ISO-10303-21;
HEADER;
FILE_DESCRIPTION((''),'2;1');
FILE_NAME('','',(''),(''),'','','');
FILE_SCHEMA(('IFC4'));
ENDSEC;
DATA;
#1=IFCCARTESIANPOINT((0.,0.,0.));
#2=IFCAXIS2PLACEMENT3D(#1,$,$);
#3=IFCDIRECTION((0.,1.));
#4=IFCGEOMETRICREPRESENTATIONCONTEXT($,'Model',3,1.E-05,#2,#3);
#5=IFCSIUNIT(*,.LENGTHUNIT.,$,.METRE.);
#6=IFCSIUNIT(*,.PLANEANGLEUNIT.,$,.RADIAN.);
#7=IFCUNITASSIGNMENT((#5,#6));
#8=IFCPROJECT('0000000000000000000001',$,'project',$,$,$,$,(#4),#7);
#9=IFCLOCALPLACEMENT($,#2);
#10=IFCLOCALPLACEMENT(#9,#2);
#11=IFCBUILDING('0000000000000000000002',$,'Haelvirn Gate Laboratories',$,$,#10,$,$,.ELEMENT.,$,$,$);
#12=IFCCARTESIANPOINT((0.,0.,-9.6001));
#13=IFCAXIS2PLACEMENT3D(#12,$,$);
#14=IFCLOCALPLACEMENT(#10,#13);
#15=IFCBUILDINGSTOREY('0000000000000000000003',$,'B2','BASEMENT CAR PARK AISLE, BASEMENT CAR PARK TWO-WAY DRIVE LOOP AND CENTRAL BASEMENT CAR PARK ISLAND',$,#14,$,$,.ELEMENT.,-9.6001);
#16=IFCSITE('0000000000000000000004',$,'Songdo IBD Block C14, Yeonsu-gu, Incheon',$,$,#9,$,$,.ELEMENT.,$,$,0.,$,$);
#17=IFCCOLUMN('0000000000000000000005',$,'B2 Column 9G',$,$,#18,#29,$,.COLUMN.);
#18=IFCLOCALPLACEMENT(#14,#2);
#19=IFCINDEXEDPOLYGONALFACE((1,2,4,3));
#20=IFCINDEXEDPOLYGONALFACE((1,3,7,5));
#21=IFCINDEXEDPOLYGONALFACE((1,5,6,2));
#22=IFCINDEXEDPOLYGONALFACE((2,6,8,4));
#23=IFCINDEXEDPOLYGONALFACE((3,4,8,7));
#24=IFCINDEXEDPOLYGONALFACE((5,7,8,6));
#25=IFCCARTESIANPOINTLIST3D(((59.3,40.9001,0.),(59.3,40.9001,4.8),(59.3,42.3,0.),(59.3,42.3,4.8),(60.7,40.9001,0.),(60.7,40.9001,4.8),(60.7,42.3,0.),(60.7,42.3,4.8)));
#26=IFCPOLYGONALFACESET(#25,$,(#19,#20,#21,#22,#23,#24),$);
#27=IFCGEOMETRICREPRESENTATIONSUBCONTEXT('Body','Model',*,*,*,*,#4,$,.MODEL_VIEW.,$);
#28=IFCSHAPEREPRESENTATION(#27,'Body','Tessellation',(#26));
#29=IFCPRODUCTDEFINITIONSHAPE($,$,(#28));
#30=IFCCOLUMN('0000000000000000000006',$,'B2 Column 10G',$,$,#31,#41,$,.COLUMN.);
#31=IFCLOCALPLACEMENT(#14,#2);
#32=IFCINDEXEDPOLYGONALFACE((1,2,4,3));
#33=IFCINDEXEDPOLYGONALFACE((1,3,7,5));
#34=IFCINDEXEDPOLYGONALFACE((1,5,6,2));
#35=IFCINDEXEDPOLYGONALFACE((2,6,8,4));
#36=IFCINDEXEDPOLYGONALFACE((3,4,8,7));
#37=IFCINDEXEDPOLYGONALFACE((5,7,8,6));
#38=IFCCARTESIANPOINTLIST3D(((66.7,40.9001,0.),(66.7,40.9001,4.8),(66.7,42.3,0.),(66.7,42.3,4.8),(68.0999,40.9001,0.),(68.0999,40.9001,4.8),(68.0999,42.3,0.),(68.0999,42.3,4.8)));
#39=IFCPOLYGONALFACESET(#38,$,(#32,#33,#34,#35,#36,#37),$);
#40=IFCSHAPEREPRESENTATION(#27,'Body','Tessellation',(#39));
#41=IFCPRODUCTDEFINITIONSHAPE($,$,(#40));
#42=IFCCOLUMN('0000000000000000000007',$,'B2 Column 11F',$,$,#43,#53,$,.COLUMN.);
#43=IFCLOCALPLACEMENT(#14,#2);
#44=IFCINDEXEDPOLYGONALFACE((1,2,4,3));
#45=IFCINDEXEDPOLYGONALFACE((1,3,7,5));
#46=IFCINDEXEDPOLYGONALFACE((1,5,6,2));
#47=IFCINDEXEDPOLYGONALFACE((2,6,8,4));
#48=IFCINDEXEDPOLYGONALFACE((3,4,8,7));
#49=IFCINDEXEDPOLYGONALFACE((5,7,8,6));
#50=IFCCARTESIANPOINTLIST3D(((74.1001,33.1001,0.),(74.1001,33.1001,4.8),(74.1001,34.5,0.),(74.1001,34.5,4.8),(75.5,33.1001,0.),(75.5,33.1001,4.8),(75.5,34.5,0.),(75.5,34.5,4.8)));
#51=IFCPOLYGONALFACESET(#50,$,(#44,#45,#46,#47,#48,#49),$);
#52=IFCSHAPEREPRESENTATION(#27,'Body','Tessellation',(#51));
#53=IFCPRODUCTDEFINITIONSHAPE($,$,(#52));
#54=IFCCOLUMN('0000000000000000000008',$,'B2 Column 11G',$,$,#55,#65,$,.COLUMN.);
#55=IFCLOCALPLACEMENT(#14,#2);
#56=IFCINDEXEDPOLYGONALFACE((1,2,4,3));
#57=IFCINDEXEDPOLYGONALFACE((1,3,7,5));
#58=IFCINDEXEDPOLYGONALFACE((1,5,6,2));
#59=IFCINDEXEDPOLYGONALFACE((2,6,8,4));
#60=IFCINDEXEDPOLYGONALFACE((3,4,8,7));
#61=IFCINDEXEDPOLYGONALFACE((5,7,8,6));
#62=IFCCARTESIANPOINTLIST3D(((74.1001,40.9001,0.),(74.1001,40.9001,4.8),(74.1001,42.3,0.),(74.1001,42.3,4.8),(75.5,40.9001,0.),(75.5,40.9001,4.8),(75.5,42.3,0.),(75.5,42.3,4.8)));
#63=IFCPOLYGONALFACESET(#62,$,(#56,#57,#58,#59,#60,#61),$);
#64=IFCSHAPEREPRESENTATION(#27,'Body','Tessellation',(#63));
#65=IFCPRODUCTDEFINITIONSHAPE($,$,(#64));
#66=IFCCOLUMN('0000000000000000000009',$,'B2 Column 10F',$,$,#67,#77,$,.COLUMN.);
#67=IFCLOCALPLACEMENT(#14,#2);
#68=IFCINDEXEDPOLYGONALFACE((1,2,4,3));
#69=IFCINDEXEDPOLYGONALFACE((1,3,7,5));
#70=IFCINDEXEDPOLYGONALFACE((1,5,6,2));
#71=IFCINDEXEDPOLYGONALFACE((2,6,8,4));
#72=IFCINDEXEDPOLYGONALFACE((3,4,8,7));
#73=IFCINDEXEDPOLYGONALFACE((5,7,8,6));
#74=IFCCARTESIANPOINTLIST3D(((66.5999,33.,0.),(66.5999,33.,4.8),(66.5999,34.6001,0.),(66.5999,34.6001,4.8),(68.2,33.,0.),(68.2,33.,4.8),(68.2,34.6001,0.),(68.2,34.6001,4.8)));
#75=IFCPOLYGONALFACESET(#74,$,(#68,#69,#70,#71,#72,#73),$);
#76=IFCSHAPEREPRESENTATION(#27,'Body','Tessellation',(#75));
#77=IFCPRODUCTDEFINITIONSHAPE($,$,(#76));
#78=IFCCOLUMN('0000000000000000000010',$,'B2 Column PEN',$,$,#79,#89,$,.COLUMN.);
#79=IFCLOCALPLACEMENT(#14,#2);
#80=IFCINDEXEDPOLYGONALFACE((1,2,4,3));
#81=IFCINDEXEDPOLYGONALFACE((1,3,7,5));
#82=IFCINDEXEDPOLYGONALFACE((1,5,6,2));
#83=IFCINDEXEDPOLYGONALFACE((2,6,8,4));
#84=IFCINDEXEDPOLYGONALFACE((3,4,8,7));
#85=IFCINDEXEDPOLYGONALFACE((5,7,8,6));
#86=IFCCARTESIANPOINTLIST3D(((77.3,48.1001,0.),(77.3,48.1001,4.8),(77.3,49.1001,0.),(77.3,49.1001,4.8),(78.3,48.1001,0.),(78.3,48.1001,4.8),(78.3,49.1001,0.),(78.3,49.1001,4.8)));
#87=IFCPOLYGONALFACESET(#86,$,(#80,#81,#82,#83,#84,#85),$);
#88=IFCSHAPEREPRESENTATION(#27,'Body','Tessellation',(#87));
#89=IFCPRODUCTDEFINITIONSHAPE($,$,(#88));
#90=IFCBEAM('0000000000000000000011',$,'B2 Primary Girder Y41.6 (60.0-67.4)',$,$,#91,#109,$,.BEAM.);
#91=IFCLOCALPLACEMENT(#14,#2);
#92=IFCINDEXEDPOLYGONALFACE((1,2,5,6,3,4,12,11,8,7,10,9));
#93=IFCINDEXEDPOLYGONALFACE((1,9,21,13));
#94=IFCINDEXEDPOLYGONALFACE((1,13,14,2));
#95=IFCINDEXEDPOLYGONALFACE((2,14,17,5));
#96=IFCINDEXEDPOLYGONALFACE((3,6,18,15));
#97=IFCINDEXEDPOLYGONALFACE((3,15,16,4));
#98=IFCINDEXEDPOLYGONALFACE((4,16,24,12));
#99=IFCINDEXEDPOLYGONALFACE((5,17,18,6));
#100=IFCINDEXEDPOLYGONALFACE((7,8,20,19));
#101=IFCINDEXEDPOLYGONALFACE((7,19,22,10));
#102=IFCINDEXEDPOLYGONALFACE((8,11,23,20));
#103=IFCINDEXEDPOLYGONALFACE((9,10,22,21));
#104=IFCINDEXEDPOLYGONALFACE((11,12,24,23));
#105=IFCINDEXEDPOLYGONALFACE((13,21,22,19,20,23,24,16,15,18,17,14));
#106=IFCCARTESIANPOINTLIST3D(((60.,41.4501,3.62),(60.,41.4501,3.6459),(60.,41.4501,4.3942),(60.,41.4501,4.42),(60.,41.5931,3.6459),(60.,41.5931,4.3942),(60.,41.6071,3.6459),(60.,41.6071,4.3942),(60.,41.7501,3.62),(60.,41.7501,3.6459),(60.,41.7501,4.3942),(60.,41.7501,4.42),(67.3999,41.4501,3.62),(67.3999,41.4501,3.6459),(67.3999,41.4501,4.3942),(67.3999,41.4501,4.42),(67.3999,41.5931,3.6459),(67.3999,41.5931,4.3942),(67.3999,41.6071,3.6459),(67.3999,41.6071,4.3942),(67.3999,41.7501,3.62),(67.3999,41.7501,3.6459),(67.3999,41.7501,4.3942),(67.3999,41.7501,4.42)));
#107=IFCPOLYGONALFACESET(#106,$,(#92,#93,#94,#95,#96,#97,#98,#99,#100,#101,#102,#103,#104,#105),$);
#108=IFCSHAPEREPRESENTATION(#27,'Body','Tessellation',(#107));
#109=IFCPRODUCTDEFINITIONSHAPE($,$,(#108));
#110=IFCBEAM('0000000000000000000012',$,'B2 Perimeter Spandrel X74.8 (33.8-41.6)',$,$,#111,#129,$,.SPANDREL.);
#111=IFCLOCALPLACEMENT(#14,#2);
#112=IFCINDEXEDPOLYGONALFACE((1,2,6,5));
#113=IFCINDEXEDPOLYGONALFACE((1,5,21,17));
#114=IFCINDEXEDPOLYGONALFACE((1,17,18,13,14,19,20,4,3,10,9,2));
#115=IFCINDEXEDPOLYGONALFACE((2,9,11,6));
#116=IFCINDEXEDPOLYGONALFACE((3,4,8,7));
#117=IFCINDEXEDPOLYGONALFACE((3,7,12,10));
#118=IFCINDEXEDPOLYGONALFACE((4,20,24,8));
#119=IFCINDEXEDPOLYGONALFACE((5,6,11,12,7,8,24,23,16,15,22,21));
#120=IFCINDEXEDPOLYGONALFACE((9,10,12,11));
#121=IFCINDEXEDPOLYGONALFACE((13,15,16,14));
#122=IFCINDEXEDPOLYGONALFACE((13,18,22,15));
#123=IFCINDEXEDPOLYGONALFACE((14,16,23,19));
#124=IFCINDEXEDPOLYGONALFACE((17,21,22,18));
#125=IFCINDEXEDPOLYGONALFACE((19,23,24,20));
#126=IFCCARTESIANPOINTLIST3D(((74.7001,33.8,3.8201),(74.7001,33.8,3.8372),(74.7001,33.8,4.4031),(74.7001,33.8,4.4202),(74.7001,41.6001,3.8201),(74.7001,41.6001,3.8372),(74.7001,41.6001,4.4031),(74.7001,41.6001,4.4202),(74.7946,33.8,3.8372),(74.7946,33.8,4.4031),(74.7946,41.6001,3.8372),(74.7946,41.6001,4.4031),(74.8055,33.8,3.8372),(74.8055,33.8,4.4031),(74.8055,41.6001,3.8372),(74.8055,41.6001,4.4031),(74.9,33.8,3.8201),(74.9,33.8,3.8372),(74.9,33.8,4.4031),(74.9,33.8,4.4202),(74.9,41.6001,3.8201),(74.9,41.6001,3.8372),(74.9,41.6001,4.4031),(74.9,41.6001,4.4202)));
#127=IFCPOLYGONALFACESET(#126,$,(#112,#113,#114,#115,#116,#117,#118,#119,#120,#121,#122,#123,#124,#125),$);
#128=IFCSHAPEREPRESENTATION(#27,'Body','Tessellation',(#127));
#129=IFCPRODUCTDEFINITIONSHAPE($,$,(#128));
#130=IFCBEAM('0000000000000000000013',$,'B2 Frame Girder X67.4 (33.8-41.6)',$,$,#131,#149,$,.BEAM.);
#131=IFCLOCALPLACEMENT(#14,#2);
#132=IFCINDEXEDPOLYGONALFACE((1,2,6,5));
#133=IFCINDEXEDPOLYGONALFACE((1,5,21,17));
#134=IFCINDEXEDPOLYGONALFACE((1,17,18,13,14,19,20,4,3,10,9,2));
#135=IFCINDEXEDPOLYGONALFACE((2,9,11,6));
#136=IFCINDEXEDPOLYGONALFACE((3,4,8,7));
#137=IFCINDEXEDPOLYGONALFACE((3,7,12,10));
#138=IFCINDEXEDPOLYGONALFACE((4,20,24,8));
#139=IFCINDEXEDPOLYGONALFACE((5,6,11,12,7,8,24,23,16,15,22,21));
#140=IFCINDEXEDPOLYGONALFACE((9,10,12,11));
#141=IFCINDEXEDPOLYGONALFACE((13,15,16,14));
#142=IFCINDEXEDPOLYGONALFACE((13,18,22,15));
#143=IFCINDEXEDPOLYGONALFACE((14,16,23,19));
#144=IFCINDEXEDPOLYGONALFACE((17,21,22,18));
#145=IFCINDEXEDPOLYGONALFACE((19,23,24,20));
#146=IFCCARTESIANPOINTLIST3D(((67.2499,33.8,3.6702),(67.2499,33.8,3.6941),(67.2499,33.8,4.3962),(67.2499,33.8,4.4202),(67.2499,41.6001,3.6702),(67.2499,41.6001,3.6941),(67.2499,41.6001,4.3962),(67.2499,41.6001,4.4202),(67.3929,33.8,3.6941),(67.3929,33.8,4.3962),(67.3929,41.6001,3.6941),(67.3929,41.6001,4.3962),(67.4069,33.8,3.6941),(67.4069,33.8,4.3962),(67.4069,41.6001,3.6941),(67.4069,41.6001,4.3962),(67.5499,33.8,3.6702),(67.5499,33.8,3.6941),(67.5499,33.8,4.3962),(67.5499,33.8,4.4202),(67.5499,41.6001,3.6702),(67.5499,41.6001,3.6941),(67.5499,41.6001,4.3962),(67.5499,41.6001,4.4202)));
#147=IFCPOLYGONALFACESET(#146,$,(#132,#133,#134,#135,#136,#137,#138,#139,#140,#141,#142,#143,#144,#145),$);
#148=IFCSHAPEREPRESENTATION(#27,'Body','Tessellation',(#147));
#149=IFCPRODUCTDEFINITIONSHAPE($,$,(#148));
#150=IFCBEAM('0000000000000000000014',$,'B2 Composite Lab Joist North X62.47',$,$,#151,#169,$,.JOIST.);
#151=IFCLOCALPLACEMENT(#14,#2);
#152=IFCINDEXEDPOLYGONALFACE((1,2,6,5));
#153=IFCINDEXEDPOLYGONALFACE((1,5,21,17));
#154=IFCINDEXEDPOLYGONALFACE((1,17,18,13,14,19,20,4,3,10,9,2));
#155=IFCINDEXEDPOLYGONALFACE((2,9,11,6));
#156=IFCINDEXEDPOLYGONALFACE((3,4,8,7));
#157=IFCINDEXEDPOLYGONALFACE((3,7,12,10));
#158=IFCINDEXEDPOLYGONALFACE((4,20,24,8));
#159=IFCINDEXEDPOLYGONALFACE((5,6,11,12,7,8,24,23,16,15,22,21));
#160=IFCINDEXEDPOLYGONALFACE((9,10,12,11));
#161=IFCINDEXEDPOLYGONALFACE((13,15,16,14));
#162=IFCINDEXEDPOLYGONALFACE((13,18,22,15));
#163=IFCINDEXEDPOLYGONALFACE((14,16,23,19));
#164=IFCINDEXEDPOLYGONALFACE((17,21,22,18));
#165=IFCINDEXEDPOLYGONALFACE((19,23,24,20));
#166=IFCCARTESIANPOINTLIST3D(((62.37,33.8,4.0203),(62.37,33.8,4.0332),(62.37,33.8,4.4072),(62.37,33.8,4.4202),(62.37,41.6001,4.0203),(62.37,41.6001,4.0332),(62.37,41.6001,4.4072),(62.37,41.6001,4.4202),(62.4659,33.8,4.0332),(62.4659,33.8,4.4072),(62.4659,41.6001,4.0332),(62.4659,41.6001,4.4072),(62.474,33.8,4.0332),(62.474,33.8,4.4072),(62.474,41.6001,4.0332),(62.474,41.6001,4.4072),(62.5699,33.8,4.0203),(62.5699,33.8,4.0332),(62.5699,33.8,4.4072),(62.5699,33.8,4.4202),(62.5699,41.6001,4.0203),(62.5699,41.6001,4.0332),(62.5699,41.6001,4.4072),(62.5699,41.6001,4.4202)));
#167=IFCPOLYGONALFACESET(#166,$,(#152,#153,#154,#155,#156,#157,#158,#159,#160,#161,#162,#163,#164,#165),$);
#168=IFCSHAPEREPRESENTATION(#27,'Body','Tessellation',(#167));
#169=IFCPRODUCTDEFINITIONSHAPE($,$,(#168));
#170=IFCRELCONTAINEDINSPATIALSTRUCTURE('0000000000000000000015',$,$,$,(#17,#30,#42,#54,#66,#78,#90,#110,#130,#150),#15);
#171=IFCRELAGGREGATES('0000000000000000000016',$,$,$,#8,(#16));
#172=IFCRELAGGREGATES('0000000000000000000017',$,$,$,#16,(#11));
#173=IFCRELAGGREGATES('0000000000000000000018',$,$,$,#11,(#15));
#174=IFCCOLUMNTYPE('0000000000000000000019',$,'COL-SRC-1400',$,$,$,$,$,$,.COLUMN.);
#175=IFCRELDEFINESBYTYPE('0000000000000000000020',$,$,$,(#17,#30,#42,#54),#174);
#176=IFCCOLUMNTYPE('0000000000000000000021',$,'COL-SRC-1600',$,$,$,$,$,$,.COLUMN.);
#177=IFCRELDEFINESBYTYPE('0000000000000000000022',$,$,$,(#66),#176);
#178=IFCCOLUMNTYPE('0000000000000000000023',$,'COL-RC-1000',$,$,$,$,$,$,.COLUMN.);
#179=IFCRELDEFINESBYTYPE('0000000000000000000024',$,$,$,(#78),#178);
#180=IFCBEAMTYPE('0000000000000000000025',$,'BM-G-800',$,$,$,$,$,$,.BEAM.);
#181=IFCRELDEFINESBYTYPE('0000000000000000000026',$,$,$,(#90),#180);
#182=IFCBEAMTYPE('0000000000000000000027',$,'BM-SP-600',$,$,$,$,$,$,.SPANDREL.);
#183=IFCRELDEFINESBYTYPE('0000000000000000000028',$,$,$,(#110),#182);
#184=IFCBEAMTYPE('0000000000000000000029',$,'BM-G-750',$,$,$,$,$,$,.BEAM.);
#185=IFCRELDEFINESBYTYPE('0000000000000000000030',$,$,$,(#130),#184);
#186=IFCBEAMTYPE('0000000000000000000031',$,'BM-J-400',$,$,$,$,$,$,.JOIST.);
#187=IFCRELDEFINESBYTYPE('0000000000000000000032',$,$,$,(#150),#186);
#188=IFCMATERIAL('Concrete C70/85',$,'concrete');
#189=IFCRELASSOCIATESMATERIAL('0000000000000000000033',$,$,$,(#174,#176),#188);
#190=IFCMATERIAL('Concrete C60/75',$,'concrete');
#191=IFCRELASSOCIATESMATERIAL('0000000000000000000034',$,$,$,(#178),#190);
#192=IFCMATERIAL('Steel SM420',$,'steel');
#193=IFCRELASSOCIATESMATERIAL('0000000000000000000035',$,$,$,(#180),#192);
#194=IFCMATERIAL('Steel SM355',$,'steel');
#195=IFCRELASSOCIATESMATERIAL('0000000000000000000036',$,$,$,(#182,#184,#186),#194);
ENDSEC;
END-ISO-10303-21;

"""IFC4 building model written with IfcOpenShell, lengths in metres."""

from ifc_helpers import new_model, si_unit, direction, frame, origin, origin_2d, place, context, subcontext, project, spatial, rectangle, i_section, extrude, source, transform, mapped, material, material_profile, profile_set, type_object, type_shapes, element, save


model = new_model("IFC4")

# Units and contexts
model_context = context("Model", 3, precision=1e-05, world=origin(), true_north=direction((0.0, 1.0)))
body_context = subcontext(model_context, "Body", "Model", "MODEL_VIEW")
ifc_project = project(units=[si_unit("LENGTHUNIT", "METRE"), si_unit("PLANEANGLEUNIT", "RADIAN")], contexts=[model_context])

# Site, building, storey
site_placement = place(None, origin())
site = spatial("IfcSite", under=ifc_project, at=site_placement, Name="Songdo IBD Block C14, Yeonsu-gu, Incheon", CompositionType="ELEMENT", RefElevation=0.0)
building_placement = place(site_placement, origin())
building = spatial("IfcBuilding", under=site, at=building_placement, Name="Haelvirn Gate Laboratories", CompositionType="ELEMENT")
storey_placement = place(building_placement, frame((0.0, 0.0, -9.6001)))
storey = spatial("IfcBuildingStorey", under=building, at=storey_placement, Name="B2", Description="BASEMENT CAR PARK AISLE, BASEMENT CAR PARK TWO-WAY DRIVE LOOP AND CENTRAL BASEMENT CAR PARK ISLAND", CompositionType="ELEMENT", Elevation=-9.6001)

# Columns
ifc_material_1 = material(Name="Concrete C70/85", Category="concrete")
ifc_material_profile_1 = material_profile(ifc_material_1, rectangle(XDim=1.3999, YDim=1.3999, at=origin_2d()), Name="SRC-1400x1400")
ifc_profile_set_1 = profile_set([ifc_material_profile_1], Name="Concrete C70/85")
column_type_1 = type_object("IfcColumnType", Name="COL-SRC-1400", PredefinedType="COLUMN", material=ifc_profile_set_1)
shared_shape_1 = source(origin(), body_context, "Body", "SweptSolid", [
    extrude(rectangle(XDim=1.3999, YDim=1.3999, at=origin_2d()), origin(), (0.0, 0.0, 1.0), 4.8),
])
type_shapes(column_type_1, [shared_shape_1])
for number, where, z_axis, x_axis, name in (
    (1, (60.0, 41.6001, 0.0), (0.0, 0.0, 1.0), (1.0, 0.0, 0.0), "B2 Column 9G"),
    (2, (67.3999, 41.6001, 0.0), (0.0, 0.0, 1.0), (1.0, 0.0, 0.0), "B2 Column 10G"),
    (3, (74.8, 33.8, 0.0), (0.0, 0.0, 1.0), (1.0, 0.0, 0.0), "B2 Column 11F"),
    (4, (74.8, 41.6001, 0.0), (0.0, 0.0, 1.0), (1.0, 0.0, 0.0), "B2 Column 11G"),
):
    element("IfcColumn", number, at=place(storey_placement, frame(where, z_axis=z_axis, x_axis=x_axis)), inside=storey, type_object=column_type_1, Name=name, PredefinedType="COLUMN", context=body_context, shape_type="MappedRepresentation", body=[
        mapped(shared_shape_1, transform((0.0, 0.0, 0.0), scale=1.0)),
    ])
ifc_material_profile_2 = material_profile(ifc_material_1, rectangle(XDim=1.6001, YDim=1.6001, at=origin_2d()), Name="SRC-1600x1600")
ifc_profile_set_2 = profile_set([ifc_material_profile_2], Name="Concrete C70/85")
column_type_2 = type_object("IfcColumnType", Name="COL-SRC-1600", PredefinedType="COLUMN", material=ifc_profile_set_2)
shared_shape_2 = source(origin(), body_context, "Body", "SweptSolid", [
    extrude(rectangle(XDim=1.6001, YDim=1.6001, at=origin_2d()), origin(), (0.0, 0.0, 1.0), 4.8),
])
type_shapes(column_type_2, [shared_shape_2])
column_1_placement = place(storey_placement, frame((67.3999, 33.8, 0.0), z_axis=(0.0, 0.0, 1.0), x_axis=(1.0, 0.0, 0.0)))
element("IfcColumn", 5, at=column_1_placement, inside=storey, type_object=column_type_2, Name="B2 Column 10F", PredefinedType="COLUMN", context=body_context, shape_type="MappedRepresentation", body=[
    mapped(shared_shape_2, transform((0.0, 0.0, 0.0), scale=1.0)),
])
ifc_material_2 = material(Name="Concrete C60/75", Category="concrete")
ifc_material_profile_3 = material_profile(ifc_material_2, rectangle(XDim=1.0, YDim=1.0, at=origin_2d()), Name="RC-1000x1000")
ifc_profile_set_3 = profile_set([ifc_material_profile_3], Name="Concrete C60/75")
column_type_3 = type_object("IfcColumnType", Name="COL-RC-1000", PredefinedType="COLUMN", material=ifc_profile_set_3)
shared_shape_3 = source(origin(), body_context, "Body", "SweptSolid", [
    extrude(rectangle(XDim=1.0, YDim=1.0, at=origin_2d()), origin(), (0.0, 0.0, 1.0), 4.8),
])
type_shapes(column_type_3, [shared_shape_3])
column_2_placement = place(storey_placement, frame((77.8, 48.6001, 0.0), z_axis=(0.0, 0.0, 1.0), x_axis=(1.0, 0.0, 0.0)))
element("IfcColumn", 6, at=column_2_placement, inside=storey, type_object=column_type_3, Name="B2 Column PEN", PredefinedType="COLUMN", context=body_context, shape_type="MappedRepresentation", body=[
    mapped(shared_shape_3, transform((0.0, 0.0, 0.0), scale=1.0)),
])

# Beams
ifc_material_3 = material(Name="Steel SM420", Category="steel")
ifc_material_profile_4 = material_profile(ifc_material_3, i_section(OverallWidth=0.3, OverallDepth=0.8, WebThickness=0.0139, FlangeThickness=0.0259, at=origin_2d()), Name="H-800x300x14x26")
ifc_profile_set_4 = profile_set([ifc_material_profile_4], Name="Steel SM420")
beam_type_1 = type_object("IfcBeamType", Name="BM-G-800", PredefinedType="BEAM", material=ifc_profile_set_4)
shared_shape_4 = source(origin(), body_context, "Body", "SweptSolid", [
    extrude(i_section(OverallWidth=0.3, OverallDepth=0.8, WebThickness=0.0139, FlangeThickness=0.0259, at=origin_2d()), origin(), (0.0, 0.0, 1.0), 7.3999),
])
beam_1_placement = place(storey_placement, frame((60.0, 41.6001, 4.02), z_axis=(1.0, 0.0, 0.0), x_axis=(0.0, 1.0, 0.0)))
element("IfcBeam", 7, at=beam_1_placement, inside=storey, type_object=beam_type_1, Name="B2 Primary Girder Y41.6 (60.0-67.4)", PredefinedType="BEAM", context=body_context, shape_type="MappedRepresentation", body=[
    mapped(shared_shape_4, transform((0.0, 0.0, 0.0), scale=1.0)),
])
ifc_material_4 = material(Name="Steel SM355", Category="steel")
ifc_material_profile_5 = material_profile(ifc_material_4, i_section(OverallWidth=0.2, OverallDepth=0.6001, WebThickness=0.011, FlangeThickness=0.0171, at=origin_2d()), Name="H-600x200x11x17")
ifc_profile_set_5 = profile_set([ifc_material_profile_5], Name="Steel SM355")
beam_type_2 = type_object("IfcBeamType", Name="BM-SP-600", PredefinedType="SPANDREL", material=ifc_profile_set_5)
shared_shape_5 = source(origin(), body_context, "Body", "SweptSolid", [
    extrude(i_section(OverallWidth=0.2, OverallDepth=0.6001, WebThickness=0.011, FlangeThickness=0.0171, at=origin_2d()), origin(), (0.0, 0.0, 1.0), 7.8),
])
type_shapes(beam_type_2, [shared_shape_5])
beam_2_placement = place(storey_placement, frame((74.8, 33.8, 4.1201), z_axis=(0.0, 1.0, 0.0), x_axis=(-1.0, 0.0, 0.0)))
element("IfcBeam", 8, at=beam_2_placement, inside=storey, type_object=beam_type_2, Name="B2 Perimeter Spandrel X74.8 (33.8-41.6)", PredefinedType="SPANDREL", context=body_context, shape_type="MappedRepresentation", body=[
    mapped(shared_shape_5, transform((0.0, 0.0, 0.0), scale=1.0)),
])
ifc_material_profile_6 = material_profile(ifc_material_4, i_section(OverallWidth=0.3, OverallDepth=0.75, WebThickness=0.0139, FlangeThickness=0.0239, at=origin_2d()), Name="H-750x300x14x24")
ifc_profile_set_6 = profile_set([ifc_material_profile_6], Name="Steel SM355")
beam_type_3 = type_object("IfcBeamType", Name="BM-G-750", PredefinedType="BEAM", material=ifc_profile_set_6)
shared_shape_6 = source(origin(), body_context, "Body", "SweptSolid", [
    extrude(i_section(OverallWidth=0.3, OverallDepth=0.75, WebThickness=0.0139, FlangeThickness=0.0239, at=origin_2d()), origin(), (0.0, 0.0, 1.0), 7.8),
])
type_shapes(beam_type_3, [shared_shape_6])
beam_3_placement = place(storey_placement, frame((67.3999, 33.8, 4.0452), z_axis=(0.0, 1.0, 0.0), x_axis=(-1.0, 0.0, 0.0)))
element("IfcBeam", 9, at=beam_3_placement, inside=storey, type_object=beam_type_3, Name="B2 Frame Girder X67.4 (33.8-41.6)", PredefinedType="BEAM", context=body_context, shape_type="MappedRepresentation", body=[
    mapped(shared_shape_6, transform((0.0, 0.0, 0.0), scale=1.0)),
])
ifc_material_profile_7 = material_profile(ifc_material_4, i_section(OverallWidth=0.2, OverallDepth=0.3999, WebThickness=0.0081, FlangeThickness=0.0129, at=origin_2d()), Name="H-400x200x8x13")
ifc_profile_set_7 = profile_set([ifc_material_profile_7], Name="Steel SM355")
beam_type_4 = type_object("IfcBeamType", Name="BM-J-400", PredefinedType="JOIST", material=ifc_profile_set_7)
shared_shape_7 = source(origin(), body_context, "Body", "SweptSolid", [
    extrude(i_section(OverallWidth=0.2, OverallDepth=0.3999, WebThickness=0.0081, FlangeThickness=0.0129, at=origin_2d()), origin(), (0.0, 0.0, 1.0), 7.8),
])
type_shapes(beam_type_4, [shared_shape_7])
for number, where, z_axis, x_axis, name in (
    (10, (62.47, 33.8, 4.2202), (0.0, 1.0, 0.0), (-1.0, 0.0, 0.0), "B2 Composite Lab Joist North X62.47"),
):
    element("IfcBeam", number, at=place(storey_placement, frame(where, z_axis=z_axis, x_axis=x_axis)), inside=storey, type_object=beam_type_4, Name=name, PredefinedType="JOIST", context=body_context, shape_type="MappedRepresentation", body=[
        mapped(shared_shape_7, transform((0.0, 0.0, 0.0), scale=1.0)),
    ])

save(model, "model.ifc")
